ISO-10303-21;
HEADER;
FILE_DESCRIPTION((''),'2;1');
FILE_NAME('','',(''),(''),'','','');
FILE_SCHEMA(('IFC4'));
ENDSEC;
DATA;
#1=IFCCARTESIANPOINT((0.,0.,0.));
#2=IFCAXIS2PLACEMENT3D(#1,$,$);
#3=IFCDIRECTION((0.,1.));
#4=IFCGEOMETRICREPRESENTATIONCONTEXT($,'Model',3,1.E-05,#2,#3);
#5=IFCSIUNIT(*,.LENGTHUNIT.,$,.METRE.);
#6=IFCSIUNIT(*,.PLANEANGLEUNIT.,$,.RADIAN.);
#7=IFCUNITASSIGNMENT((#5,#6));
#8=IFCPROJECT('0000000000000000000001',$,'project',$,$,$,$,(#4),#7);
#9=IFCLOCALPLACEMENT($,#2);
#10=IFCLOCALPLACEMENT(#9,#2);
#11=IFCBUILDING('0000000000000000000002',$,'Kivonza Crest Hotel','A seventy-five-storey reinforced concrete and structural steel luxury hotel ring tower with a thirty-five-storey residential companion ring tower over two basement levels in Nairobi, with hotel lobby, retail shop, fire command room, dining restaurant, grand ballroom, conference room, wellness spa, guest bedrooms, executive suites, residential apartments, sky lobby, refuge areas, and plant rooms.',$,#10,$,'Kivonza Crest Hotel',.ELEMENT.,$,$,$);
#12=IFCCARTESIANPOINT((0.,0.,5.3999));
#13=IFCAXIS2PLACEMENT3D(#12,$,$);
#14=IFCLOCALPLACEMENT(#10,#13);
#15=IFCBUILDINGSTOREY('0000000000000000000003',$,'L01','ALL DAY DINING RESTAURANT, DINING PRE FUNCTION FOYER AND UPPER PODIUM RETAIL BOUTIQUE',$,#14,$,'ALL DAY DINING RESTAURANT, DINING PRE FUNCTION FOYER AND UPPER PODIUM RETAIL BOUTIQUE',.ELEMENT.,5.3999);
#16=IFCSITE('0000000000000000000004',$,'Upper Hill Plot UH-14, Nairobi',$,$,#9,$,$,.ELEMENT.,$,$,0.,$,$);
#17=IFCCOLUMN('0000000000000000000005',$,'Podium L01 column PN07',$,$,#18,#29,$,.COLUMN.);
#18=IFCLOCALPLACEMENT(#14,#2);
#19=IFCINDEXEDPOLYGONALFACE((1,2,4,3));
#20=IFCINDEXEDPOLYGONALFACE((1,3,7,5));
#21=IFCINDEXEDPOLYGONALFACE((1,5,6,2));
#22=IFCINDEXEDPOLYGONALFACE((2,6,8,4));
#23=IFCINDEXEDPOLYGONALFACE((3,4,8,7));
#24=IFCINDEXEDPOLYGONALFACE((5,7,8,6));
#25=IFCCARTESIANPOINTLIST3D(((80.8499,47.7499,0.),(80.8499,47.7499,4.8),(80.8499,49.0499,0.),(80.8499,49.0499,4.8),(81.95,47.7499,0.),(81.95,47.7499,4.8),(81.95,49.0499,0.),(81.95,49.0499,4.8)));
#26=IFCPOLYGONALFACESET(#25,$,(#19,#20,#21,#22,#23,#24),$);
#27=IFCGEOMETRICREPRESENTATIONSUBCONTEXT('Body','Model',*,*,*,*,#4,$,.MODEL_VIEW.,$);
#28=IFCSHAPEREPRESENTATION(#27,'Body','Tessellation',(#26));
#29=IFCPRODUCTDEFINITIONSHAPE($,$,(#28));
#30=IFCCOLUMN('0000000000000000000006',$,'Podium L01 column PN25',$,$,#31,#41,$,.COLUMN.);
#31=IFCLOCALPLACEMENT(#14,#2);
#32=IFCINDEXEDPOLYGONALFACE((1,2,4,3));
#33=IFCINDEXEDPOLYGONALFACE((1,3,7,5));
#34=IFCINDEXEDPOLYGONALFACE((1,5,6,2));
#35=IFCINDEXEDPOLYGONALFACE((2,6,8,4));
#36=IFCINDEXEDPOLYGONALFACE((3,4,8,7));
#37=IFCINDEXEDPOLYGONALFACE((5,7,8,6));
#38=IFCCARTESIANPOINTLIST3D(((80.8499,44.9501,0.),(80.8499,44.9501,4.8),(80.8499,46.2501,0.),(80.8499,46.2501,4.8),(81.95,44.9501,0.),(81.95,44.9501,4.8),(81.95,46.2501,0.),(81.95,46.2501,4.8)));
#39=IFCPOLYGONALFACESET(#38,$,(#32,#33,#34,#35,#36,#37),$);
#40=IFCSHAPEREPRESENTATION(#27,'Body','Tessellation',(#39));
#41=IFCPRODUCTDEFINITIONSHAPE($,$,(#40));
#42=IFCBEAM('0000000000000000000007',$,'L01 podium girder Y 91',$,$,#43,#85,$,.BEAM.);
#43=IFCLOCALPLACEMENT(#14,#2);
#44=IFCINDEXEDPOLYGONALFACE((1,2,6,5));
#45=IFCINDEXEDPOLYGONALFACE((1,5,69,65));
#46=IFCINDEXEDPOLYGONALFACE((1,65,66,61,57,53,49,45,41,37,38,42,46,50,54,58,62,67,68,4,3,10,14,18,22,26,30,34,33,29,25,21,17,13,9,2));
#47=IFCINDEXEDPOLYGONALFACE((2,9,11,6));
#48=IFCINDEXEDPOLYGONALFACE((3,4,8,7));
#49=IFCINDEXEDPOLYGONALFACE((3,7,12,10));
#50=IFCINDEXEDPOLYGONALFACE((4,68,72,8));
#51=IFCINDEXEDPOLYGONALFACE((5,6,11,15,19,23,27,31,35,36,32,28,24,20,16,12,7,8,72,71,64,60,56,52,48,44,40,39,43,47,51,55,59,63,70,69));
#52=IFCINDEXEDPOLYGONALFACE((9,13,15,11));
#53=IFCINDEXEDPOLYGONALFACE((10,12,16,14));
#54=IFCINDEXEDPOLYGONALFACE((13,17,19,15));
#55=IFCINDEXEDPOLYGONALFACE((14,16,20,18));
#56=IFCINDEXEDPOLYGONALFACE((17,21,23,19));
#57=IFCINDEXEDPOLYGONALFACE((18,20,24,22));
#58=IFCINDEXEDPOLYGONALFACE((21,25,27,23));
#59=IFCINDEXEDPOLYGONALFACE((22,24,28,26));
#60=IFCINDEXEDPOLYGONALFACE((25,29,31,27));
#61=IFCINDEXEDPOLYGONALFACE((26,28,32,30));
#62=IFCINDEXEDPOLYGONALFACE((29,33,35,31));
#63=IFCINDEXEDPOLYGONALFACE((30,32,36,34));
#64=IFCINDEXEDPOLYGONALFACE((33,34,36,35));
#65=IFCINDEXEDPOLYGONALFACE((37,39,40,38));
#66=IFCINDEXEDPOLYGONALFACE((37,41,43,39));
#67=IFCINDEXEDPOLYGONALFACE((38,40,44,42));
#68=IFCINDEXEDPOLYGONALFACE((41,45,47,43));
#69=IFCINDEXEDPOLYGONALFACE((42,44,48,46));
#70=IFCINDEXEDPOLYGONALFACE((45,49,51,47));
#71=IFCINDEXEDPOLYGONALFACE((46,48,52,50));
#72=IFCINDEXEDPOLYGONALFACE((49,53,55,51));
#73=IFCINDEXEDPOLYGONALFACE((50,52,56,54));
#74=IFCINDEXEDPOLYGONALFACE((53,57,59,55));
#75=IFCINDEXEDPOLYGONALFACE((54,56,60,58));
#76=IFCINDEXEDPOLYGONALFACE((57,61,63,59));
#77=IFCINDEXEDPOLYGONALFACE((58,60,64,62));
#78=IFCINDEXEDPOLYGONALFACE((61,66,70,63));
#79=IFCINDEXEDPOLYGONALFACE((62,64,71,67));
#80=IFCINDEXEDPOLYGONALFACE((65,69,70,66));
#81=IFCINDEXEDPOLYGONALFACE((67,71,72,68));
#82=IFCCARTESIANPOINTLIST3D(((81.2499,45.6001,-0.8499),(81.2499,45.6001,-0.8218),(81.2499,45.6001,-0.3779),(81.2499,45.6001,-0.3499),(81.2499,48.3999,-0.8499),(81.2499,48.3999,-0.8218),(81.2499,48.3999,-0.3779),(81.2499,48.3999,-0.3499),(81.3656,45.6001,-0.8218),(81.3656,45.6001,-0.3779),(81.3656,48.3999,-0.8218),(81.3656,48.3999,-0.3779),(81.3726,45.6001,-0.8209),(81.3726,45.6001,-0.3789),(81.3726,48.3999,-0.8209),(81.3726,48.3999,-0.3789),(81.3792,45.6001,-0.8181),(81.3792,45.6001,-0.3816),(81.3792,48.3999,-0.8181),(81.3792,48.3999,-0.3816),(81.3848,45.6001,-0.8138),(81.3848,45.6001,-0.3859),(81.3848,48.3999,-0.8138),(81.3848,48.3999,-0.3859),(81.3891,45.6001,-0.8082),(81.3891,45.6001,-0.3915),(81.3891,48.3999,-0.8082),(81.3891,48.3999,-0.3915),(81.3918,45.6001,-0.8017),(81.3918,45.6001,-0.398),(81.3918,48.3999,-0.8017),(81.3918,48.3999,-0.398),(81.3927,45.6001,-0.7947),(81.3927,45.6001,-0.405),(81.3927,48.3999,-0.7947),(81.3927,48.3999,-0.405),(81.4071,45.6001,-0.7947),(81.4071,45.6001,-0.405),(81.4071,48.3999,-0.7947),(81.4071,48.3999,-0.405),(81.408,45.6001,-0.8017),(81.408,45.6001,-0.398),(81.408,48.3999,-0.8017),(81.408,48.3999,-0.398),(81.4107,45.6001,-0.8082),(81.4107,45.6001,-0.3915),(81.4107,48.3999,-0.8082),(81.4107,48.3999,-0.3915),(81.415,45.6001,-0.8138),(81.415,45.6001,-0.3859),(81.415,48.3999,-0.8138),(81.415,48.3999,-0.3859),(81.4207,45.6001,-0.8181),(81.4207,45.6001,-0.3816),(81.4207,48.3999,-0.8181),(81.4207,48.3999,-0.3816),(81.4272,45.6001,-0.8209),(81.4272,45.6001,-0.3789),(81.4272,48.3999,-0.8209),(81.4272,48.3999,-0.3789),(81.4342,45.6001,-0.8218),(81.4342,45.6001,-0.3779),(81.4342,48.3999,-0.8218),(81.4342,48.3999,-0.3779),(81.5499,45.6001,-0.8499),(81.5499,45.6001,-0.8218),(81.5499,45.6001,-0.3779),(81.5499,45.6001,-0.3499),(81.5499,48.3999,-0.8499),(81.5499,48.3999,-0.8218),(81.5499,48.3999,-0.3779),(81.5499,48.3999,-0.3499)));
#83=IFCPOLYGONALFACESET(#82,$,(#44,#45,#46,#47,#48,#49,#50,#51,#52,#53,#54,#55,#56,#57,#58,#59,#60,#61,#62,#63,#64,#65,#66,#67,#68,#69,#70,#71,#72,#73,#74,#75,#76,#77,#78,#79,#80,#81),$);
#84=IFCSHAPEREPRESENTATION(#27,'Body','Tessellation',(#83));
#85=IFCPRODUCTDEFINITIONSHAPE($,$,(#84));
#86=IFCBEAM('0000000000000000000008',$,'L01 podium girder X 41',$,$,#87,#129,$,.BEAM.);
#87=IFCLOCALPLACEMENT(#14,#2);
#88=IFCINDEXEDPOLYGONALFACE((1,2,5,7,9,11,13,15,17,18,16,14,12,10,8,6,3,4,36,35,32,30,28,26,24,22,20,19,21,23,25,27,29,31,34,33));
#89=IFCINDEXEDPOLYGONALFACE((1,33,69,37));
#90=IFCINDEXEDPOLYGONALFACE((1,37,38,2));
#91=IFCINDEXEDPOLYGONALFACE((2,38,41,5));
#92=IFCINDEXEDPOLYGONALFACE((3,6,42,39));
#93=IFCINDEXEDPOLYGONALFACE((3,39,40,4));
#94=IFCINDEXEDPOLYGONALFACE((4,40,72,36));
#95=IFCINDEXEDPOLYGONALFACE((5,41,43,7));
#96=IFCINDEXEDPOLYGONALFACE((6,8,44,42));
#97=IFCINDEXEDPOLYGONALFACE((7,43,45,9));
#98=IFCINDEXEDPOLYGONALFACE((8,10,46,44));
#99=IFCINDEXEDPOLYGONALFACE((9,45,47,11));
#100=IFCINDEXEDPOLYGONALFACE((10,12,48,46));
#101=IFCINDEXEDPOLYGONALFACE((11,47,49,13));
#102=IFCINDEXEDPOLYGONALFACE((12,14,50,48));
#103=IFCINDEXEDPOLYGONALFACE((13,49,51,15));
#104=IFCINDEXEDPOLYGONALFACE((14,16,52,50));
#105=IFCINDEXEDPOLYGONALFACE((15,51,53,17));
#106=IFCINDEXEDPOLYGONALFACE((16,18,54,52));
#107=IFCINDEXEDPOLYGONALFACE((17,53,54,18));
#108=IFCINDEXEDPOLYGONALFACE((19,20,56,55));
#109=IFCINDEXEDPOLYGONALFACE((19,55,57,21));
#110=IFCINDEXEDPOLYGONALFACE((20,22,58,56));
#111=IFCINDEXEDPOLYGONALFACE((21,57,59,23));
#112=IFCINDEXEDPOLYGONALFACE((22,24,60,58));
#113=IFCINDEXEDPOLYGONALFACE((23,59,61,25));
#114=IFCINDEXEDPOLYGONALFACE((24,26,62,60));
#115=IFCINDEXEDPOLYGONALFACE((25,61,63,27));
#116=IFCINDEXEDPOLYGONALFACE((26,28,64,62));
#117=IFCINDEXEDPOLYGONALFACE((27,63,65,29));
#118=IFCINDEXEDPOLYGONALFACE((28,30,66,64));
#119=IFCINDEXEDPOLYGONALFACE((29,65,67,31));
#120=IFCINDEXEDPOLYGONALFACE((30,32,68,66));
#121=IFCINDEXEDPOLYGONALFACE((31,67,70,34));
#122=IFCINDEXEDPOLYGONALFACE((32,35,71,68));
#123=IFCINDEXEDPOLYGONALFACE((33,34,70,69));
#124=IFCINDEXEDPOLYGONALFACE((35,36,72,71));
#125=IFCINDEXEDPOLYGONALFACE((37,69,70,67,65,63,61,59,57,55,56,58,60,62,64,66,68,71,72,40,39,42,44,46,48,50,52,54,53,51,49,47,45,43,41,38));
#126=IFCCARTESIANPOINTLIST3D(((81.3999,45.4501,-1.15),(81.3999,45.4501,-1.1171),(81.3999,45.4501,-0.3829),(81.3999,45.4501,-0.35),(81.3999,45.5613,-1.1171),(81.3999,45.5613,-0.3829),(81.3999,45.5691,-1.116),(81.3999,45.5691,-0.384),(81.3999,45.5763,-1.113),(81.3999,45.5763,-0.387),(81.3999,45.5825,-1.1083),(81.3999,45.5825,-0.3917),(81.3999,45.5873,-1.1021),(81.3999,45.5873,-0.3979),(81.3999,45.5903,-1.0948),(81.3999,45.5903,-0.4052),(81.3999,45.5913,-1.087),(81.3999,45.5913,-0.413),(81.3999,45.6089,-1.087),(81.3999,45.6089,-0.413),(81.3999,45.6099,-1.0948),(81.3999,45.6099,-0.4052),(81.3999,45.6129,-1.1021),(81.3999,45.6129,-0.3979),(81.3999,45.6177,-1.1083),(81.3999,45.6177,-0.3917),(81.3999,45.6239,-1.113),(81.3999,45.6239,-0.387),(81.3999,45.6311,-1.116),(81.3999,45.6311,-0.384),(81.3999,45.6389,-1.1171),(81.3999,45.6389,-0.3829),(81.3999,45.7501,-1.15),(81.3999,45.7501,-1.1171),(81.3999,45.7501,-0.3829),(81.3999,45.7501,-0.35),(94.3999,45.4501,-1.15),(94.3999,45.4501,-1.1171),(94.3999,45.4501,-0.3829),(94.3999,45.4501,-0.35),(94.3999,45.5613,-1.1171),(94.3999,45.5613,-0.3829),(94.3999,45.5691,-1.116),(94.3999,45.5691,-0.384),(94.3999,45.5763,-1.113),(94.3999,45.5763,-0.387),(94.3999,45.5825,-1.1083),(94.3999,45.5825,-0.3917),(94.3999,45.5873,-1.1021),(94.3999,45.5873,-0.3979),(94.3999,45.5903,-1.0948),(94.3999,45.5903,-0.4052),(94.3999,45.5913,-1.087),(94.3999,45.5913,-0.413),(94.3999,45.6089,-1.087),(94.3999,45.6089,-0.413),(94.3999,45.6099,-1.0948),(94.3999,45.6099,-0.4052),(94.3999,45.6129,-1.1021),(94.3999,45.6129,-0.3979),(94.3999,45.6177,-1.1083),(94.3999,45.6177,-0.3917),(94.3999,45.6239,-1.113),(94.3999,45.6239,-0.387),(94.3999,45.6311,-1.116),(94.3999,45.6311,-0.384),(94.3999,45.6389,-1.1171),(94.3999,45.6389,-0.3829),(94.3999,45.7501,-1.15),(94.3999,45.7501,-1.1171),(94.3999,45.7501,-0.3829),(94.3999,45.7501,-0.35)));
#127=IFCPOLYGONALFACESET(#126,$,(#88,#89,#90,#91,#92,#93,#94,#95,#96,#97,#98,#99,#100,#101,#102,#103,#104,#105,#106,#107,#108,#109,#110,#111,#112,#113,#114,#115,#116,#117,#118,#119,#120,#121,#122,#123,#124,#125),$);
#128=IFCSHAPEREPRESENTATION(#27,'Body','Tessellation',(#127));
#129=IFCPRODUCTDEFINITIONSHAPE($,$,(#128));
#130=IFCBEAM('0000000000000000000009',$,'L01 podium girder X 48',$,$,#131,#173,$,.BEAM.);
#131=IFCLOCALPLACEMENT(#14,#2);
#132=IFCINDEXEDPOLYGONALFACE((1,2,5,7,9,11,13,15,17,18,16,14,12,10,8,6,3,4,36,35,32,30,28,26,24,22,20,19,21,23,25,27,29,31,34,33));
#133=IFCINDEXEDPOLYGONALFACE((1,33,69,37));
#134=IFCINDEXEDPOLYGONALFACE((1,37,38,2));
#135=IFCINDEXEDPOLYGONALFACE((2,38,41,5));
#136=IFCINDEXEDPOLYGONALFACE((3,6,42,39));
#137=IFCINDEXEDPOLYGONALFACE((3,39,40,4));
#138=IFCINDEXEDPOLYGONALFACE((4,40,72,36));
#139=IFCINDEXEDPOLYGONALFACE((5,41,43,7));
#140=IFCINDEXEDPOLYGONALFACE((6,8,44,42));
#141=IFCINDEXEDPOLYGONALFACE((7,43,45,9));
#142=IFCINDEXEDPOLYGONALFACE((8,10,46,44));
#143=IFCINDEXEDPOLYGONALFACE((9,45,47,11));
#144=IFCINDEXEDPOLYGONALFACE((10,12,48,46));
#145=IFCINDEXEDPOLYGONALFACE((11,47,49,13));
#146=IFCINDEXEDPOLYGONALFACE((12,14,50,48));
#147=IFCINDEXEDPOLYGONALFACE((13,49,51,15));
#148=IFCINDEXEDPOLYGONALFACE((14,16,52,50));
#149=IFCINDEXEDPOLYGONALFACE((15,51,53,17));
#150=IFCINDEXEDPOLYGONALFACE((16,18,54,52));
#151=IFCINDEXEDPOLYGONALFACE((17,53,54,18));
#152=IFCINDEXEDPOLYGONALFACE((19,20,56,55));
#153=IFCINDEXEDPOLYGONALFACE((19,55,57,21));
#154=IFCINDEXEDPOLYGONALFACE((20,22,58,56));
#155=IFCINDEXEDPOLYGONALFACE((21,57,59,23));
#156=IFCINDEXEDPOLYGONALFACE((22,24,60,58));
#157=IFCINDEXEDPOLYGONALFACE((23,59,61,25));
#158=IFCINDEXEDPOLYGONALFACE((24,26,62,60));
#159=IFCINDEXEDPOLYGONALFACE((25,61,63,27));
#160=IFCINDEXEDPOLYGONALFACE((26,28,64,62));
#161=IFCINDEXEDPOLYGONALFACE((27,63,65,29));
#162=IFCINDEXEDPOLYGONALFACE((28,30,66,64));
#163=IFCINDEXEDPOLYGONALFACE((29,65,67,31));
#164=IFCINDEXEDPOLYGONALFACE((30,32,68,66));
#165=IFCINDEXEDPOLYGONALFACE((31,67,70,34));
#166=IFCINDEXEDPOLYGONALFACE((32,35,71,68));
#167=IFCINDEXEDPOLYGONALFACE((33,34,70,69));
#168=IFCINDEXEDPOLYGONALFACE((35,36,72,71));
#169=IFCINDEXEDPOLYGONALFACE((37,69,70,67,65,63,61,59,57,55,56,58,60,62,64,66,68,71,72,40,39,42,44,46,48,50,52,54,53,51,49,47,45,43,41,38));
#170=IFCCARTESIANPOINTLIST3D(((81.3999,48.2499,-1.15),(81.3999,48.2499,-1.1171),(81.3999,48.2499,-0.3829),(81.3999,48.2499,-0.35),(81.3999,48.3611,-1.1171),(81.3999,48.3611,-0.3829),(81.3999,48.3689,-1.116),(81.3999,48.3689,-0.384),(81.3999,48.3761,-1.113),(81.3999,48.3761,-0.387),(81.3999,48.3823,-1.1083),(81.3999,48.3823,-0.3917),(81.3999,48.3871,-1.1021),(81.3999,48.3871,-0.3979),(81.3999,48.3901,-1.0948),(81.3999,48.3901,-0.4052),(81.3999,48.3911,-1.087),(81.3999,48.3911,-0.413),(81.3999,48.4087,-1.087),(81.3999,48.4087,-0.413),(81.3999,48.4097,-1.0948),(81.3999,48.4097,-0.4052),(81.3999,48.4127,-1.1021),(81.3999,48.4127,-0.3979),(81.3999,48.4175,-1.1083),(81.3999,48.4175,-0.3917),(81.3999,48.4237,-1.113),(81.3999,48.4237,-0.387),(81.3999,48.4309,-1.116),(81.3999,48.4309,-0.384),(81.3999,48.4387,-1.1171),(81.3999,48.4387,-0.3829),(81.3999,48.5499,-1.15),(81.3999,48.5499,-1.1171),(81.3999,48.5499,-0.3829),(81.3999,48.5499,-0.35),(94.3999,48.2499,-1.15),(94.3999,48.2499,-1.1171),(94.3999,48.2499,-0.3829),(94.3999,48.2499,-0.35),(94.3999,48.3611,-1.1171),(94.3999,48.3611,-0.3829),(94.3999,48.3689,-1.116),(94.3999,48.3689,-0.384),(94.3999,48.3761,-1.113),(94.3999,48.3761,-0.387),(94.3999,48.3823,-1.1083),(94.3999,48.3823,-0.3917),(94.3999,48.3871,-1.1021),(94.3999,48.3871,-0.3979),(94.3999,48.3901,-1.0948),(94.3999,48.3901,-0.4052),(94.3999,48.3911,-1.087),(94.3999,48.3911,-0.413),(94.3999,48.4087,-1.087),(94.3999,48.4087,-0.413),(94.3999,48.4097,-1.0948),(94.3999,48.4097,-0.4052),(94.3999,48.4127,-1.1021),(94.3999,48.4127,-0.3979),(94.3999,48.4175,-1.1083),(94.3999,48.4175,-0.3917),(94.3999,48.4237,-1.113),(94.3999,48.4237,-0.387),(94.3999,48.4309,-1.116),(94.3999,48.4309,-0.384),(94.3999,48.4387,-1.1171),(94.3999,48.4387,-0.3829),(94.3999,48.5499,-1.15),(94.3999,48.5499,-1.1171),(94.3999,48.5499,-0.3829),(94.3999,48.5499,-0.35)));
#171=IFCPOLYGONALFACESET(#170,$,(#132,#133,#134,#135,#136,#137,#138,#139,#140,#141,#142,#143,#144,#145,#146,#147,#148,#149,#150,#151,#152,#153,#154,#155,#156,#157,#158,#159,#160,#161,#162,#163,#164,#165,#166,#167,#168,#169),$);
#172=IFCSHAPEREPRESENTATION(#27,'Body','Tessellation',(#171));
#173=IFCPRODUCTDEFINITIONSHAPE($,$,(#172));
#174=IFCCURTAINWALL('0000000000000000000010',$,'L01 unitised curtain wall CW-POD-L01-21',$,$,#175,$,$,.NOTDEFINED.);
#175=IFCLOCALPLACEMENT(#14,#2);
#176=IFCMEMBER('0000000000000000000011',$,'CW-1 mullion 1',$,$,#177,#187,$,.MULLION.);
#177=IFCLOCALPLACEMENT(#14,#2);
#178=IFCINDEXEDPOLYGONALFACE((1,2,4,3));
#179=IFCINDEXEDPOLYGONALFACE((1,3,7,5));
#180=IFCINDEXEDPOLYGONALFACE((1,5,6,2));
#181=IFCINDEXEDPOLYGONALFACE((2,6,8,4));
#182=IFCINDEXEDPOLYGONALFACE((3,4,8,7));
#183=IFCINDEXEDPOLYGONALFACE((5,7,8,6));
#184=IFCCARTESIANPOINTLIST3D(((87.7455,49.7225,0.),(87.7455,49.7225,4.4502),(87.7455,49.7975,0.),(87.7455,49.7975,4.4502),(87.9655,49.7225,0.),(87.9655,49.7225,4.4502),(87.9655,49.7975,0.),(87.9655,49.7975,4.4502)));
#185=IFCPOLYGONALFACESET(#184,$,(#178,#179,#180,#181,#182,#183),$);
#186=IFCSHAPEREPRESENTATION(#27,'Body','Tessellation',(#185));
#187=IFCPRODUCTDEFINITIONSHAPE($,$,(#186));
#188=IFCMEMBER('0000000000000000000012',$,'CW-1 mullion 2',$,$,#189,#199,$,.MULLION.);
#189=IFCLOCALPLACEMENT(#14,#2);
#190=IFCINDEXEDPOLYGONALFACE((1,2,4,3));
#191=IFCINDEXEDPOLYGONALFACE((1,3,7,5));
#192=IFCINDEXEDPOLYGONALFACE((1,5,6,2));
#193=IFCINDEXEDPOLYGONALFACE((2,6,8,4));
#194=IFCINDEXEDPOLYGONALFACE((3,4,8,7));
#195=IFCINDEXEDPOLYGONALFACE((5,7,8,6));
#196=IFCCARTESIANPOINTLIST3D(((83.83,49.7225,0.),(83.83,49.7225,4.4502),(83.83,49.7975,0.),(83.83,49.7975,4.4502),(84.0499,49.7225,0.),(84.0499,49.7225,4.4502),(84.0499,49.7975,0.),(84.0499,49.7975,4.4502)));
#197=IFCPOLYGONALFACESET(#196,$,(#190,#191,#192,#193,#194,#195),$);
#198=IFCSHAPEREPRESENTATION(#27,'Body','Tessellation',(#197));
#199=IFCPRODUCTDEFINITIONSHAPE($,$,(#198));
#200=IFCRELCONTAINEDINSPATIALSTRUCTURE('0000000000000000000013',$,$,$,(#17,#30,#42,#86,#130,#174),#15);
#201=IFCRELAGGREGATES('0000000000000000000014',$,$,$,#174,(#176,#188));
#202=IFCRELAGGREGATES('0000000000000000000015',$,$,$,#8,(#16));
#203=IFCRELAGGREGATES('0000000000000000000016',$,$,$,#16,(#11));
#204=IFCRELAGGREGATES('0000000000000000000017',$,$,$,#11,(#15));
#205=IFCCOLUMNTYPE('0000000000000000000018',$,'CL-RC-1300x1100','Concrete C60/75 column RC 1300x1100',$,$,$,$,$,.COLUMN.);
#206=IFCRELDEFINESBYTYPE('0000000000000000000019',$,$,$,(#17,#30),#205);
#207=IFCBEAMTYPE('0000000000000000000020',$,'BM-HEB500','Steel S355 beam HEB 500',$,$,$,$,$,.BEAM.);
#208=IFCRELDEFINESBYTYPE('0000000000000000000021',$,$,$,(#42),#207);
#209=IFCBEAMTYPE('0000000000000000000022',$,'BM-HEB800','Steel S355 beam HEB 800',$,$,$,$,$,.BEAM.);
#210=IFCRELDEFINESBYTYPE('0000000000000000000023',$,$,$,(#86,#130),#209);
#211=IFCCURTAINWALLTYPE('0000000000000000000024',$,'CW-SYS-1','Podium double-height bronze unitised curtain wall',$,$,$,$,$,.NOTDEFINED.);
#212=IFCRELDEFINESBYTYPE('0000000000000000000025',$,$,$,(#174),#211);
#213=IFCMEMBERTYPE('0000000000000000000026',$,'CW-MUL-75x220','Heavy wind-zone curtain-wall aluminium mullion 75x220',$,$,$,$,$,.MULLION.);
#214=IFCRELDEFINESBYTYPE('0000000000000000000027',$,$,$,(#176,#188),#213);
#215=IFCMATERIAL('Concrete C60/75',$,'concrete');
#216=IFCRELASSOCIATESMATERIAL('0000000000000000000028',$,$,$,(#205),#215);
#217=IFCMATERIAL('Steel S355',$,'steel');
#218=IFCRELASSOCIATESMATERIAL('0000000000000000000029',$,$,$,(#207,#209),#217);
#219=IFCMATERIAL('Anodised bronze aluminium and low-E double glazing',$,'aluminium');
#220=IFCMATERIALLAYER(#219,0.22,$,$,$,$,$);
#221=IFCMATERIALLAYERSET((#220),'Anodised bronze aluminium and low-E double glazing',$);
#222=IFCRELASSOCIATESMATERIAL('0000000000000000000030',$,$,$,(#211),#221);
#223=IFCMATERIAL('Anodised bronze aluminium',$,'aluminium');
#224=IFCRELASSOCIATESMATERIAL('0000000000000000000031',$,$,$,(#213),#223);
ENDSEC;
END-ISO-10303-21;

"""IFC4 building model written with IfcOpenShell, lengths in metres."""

from ifc_helpers import new_model, si_unit, direction, frame, origin, origin_2d, place, context, subcontext, project, spatial, rectangle, i_section, extrude, material, layer, layer_set, material_profile, profile_set, type_object, element, aggregate, save


model = new_model("IFC4")

# Units and contexts
model_context = context("Model", 3, precision=1e-05, world=origin(), true_north=direction((0.0, 1.0)))
body_context = subcontext(model_context, "Body", "Model", "MODEL_VIEW")
ifc_project = project(units=[si_unit("LENGTHUNIT", "METRE"), si_unit("PLANEANGLEUNIT", "RADIAN")], contexts=[model_context])

# Site, building, storey
site_placement = place(None, origin())
site = spatial("IfcSite", under=ifc_project, at=site_placement, Name="Upper Hill Plot UH-14, Nairobi", CompositionType="ELEMENT", RefElevation=0.0)
building_placement = place(site_placement, origin())
building = spatial("IfcBuilding", under=site, at=building_placement, Name="Kivonza Crest Hotel", Description="A seventy-five-storey reinforced concrete and structural steel luxury hotel ring tower with a thirty-five-storey residential companion ring tower over two basement levels in Nairobi, with hotel lobby, retail shop, fire command room, dining restaurant, grand ballroom, conference room, wellness spa, guest bedrooms, executive suites, residential apartments, sky lobby, refuge areas, and plant rooms.", LongName="Kivonza Crest Hotel", CompositionType="ELEMENT")
storey_placement = place(building_placement, frame((0.0, 0.0, 5.3999)))
storey = spatial("IfcBuildingStorey", under=building, at=storey_placement, Name="L01", Description="ALL DAY DINING RESTAURANT, DINING PRE FUNCTION FOYER AND UPPER PODIUM RETAIL BOUTIQUE", LongName="ALL DAY DINING RESTAURANT, DINING PRE FUNCTION FOYER AND UPPER PODIUM RETAIL BOUTIQUE", CompositionType="ELEMENT", Elevation=5.3999)

# Columns
ifc_material_1 = material(Name="Concrete C60/75", Category="concrete")
ifc_material_profile_1 = material_profile(ifc_material_1, rectangle(XDim=1.1001, YDim=1.3, at=origin_2d()), Name="RC 1300x1100")
ifc_profile_set_1 = profile_set([ifc_material_profile_1], Name="Concrete C60/75")
column_type = type_object("IfcColumnType", Name="CL-RC-1300x1100", Description="Concrete C60/75 column RC 1300x1100", PredefinedType="COLUMN", material=ifc_profile_set_1)
for number, where, z_axis, x_axis, name in (
    (1, (81.3999, 48.3999, 0.0), (0.0, 0.0, 1.0), (1.0, 0.0, 0.0), "Podium L01 column PN07"),
    (2, (81.3999, 45.6001, 0.0), (0.0, 0.0, 1.0), (1.0, 0.0, 0.0), "Podium L01 column PN25"),
):
    element("IfcColumn", number, at=place(storey_placement, frame(where, z_axis=z_axis, x_axis=x_axis)), inside=storey, type_object=column_type, Name=name, PredefinedType="COLUMN", context=body_context, shape_type="SweptSolid", body=[
        extrude(rectangle(XDim=1.1001, YDim=1.3, at=origin_2d()), origin(), (0.0, 0.0, 1.0), 4.8),
    ])

# Beams
ifc_material_2 = material(Name="Steel S355", Category="steel")
ifc_material_profile_2 = material_profile(ifc_material_2, i_section(OverallWidth=0.3, OverallDepth=0.5, WebThickness=0.0144, FlangeThickness=0.0281, FilletRadius=0.0271, at=origin_2d()), Name="HEB 500")
ifc_profile_set_2 = profile_set([ifc_material_profile_2], Name="Steel S355")
beam_type_1 = type_object("IfcBeamType", Name="BM-HEB500", Description="Steel S355 beam HEB 500", PredefinedType="BEAM", material=ifc_profile_set_2)
beam_placement = place(storey_placement, frame((81.3999, 45.6001, -0.5999), z_axis=(0.0, 1.0, 0.0), x_axis=(-1.0, 0.0, 0.0)))
element("IfcBeam", 3, at=beam_placement, inside=storey, type_object=beam_type_1, Name="L01 podium girder Y 91", PredefinedType="BEAM", context=body_context, shape_type="SweptSolid", body=[
    extrude(i_section(OverallWidth=0.3, OverallDepth=0.5, WebThickness=0.0144, FlangeThickness=0.0281, FilletRadius=0.0271, at=origin_2d()), origin(), (0.0, 0.0, 1.0), 2.7998),
])
ifc_material_profile_3 = material_profile(ifc_material_2, i_section(OverallWidth=0.3, OverallDepth=0.8, WebThickness=0.0176, FlangeThickness=0.033, FilletRadius=0.03, at=origin_2d()), Name="HEB 800")
ifc_profile_set_3 = profile_set([ifc_material_profile_3], Name="Steel S355")
beam_type_2 = type_object("IfcBeamType", Name="BM-HEB800", Description="Steel S355 beam HEB 800", PredefinedType="BEAM", material=ifc_profile_set_3)
for number, where, z_axis, x_axis, name in (
    (4, (81.3999, 45.6001, -0.75), (1.0, 0.0, 0.0), (0.0, 1.0, 0.0), "L01 podium girder X 41"),
    (5, (81.3999, 48.3999, -0.75), (1.0, 0.0, 0.0), (0.0, 1.0, 0.0), "L01 podium girder X 48"),
):
    element("IfcBeam", number, at=place(storey_placement, frame(where, z_axis=z_axis, x_axis=x_axis)), inside=storey, type_object=beam_type_2, Name=name, PredefinedType="BEAM", context=body_context, shape_type="SweptSolid", body=[
        extrude(i_section(OverallWidth=0.3, OverallDepth=0.8, WebThickness=0.0176, FlangeThickness=0.033, FilletRadius=0.03, at=origin_2d()), origin(), (0.0, 0.0, 1.0), 13.0),
    ])

# Curtain wall, members
ifc_material_3 = material(Name="Anodised bronze aluminium and low-E double glazing", Category="aluminium")
ifc_layer_1 = layer(ifc_material_3, 0.22)
ifc_layer_set_1 = layer_set([ifc_layer_1], Name="Anodised bronze aluminium and low-E double glazing")
curtain_wall_type = type_object("IfcCurtainWallType", Name="CW-SYS-1", Description="Podium double-height bronze unitised curtain wall", PredefinedType="NOTDEFINED", material=ifc_layer_set_1)
curtain_wall_1_placement = place(storey_placement, origin())
curtain_wall_1 = element("IfcCurtainWall", 6, at=curtain_wall_1_placement, inside=storey, type_object=curtain_wall_type, Name="L01 unitised curtain wall CW-POD-L01-21", PredefinedType="NOTDEFINED")
ifc_material_4 = material(Name="Anodised bronze aluminium", Category="aluminium")
ifc_material_profile_4 = material_profile(ifc_material_4, rectangle(XDim=0.075, YDim=0.22, at=origin_2d()), Name="CW-M 75x220")
ifc_profile_set_4 = profile_set([ifc_material_profile_4], Name="Anodised bronze aluminium")
member_type_1 = type_object("IfcMemberType", Name="CW-MUL-75x220", Description="Heavy wind-zone curtain-wall aluminium mullion 75x220", PredefinedType="MULLION", material=ifc_profile_set_4)
member_1_placement = place(storey_placement, frame((87.8555, 49.76, 0.0), z_axis=(0.0, 0.0, 1.0), x_axis=(0.0, -1.0, 0.0)))
member_1 = element("IfcMember", 7, at=member_1_placement, type_object=member_type_1, Name="CW-1 mullion 1", PredefinedType="MULLION", context=body_context, shape_type="SweptSolid", body=[
    extrude(rectangle(XDim=0.075, YDim=0.22, at=origin_2d()), origin(), (0.0, 0.0, 1.0), 4.4502),
])
member_2_placement = place(storey_placement, frame((83.9399, 49.76, 0.0), z_axis=(0.0, 0.0, 1.0), x_axis=(0.0, -1.0, 0.0)))
member_2 = element("IfcMember", 8, at=member_2_placement, type_object=member_type_1, Name="CW-1 mullion 2", PredefinedType="MULLION", context=body_context, shape_type="SweptSolid", body=[
    extrude(rectangle(XDim=0.075, YDim=0.22, at=origin_2d()), origin(), (0.0, 0.0, 1.0), 4.4502),
])

aggregate(curtain_wall_1, [member_1, member_2])

save(model, "model.ifc")
